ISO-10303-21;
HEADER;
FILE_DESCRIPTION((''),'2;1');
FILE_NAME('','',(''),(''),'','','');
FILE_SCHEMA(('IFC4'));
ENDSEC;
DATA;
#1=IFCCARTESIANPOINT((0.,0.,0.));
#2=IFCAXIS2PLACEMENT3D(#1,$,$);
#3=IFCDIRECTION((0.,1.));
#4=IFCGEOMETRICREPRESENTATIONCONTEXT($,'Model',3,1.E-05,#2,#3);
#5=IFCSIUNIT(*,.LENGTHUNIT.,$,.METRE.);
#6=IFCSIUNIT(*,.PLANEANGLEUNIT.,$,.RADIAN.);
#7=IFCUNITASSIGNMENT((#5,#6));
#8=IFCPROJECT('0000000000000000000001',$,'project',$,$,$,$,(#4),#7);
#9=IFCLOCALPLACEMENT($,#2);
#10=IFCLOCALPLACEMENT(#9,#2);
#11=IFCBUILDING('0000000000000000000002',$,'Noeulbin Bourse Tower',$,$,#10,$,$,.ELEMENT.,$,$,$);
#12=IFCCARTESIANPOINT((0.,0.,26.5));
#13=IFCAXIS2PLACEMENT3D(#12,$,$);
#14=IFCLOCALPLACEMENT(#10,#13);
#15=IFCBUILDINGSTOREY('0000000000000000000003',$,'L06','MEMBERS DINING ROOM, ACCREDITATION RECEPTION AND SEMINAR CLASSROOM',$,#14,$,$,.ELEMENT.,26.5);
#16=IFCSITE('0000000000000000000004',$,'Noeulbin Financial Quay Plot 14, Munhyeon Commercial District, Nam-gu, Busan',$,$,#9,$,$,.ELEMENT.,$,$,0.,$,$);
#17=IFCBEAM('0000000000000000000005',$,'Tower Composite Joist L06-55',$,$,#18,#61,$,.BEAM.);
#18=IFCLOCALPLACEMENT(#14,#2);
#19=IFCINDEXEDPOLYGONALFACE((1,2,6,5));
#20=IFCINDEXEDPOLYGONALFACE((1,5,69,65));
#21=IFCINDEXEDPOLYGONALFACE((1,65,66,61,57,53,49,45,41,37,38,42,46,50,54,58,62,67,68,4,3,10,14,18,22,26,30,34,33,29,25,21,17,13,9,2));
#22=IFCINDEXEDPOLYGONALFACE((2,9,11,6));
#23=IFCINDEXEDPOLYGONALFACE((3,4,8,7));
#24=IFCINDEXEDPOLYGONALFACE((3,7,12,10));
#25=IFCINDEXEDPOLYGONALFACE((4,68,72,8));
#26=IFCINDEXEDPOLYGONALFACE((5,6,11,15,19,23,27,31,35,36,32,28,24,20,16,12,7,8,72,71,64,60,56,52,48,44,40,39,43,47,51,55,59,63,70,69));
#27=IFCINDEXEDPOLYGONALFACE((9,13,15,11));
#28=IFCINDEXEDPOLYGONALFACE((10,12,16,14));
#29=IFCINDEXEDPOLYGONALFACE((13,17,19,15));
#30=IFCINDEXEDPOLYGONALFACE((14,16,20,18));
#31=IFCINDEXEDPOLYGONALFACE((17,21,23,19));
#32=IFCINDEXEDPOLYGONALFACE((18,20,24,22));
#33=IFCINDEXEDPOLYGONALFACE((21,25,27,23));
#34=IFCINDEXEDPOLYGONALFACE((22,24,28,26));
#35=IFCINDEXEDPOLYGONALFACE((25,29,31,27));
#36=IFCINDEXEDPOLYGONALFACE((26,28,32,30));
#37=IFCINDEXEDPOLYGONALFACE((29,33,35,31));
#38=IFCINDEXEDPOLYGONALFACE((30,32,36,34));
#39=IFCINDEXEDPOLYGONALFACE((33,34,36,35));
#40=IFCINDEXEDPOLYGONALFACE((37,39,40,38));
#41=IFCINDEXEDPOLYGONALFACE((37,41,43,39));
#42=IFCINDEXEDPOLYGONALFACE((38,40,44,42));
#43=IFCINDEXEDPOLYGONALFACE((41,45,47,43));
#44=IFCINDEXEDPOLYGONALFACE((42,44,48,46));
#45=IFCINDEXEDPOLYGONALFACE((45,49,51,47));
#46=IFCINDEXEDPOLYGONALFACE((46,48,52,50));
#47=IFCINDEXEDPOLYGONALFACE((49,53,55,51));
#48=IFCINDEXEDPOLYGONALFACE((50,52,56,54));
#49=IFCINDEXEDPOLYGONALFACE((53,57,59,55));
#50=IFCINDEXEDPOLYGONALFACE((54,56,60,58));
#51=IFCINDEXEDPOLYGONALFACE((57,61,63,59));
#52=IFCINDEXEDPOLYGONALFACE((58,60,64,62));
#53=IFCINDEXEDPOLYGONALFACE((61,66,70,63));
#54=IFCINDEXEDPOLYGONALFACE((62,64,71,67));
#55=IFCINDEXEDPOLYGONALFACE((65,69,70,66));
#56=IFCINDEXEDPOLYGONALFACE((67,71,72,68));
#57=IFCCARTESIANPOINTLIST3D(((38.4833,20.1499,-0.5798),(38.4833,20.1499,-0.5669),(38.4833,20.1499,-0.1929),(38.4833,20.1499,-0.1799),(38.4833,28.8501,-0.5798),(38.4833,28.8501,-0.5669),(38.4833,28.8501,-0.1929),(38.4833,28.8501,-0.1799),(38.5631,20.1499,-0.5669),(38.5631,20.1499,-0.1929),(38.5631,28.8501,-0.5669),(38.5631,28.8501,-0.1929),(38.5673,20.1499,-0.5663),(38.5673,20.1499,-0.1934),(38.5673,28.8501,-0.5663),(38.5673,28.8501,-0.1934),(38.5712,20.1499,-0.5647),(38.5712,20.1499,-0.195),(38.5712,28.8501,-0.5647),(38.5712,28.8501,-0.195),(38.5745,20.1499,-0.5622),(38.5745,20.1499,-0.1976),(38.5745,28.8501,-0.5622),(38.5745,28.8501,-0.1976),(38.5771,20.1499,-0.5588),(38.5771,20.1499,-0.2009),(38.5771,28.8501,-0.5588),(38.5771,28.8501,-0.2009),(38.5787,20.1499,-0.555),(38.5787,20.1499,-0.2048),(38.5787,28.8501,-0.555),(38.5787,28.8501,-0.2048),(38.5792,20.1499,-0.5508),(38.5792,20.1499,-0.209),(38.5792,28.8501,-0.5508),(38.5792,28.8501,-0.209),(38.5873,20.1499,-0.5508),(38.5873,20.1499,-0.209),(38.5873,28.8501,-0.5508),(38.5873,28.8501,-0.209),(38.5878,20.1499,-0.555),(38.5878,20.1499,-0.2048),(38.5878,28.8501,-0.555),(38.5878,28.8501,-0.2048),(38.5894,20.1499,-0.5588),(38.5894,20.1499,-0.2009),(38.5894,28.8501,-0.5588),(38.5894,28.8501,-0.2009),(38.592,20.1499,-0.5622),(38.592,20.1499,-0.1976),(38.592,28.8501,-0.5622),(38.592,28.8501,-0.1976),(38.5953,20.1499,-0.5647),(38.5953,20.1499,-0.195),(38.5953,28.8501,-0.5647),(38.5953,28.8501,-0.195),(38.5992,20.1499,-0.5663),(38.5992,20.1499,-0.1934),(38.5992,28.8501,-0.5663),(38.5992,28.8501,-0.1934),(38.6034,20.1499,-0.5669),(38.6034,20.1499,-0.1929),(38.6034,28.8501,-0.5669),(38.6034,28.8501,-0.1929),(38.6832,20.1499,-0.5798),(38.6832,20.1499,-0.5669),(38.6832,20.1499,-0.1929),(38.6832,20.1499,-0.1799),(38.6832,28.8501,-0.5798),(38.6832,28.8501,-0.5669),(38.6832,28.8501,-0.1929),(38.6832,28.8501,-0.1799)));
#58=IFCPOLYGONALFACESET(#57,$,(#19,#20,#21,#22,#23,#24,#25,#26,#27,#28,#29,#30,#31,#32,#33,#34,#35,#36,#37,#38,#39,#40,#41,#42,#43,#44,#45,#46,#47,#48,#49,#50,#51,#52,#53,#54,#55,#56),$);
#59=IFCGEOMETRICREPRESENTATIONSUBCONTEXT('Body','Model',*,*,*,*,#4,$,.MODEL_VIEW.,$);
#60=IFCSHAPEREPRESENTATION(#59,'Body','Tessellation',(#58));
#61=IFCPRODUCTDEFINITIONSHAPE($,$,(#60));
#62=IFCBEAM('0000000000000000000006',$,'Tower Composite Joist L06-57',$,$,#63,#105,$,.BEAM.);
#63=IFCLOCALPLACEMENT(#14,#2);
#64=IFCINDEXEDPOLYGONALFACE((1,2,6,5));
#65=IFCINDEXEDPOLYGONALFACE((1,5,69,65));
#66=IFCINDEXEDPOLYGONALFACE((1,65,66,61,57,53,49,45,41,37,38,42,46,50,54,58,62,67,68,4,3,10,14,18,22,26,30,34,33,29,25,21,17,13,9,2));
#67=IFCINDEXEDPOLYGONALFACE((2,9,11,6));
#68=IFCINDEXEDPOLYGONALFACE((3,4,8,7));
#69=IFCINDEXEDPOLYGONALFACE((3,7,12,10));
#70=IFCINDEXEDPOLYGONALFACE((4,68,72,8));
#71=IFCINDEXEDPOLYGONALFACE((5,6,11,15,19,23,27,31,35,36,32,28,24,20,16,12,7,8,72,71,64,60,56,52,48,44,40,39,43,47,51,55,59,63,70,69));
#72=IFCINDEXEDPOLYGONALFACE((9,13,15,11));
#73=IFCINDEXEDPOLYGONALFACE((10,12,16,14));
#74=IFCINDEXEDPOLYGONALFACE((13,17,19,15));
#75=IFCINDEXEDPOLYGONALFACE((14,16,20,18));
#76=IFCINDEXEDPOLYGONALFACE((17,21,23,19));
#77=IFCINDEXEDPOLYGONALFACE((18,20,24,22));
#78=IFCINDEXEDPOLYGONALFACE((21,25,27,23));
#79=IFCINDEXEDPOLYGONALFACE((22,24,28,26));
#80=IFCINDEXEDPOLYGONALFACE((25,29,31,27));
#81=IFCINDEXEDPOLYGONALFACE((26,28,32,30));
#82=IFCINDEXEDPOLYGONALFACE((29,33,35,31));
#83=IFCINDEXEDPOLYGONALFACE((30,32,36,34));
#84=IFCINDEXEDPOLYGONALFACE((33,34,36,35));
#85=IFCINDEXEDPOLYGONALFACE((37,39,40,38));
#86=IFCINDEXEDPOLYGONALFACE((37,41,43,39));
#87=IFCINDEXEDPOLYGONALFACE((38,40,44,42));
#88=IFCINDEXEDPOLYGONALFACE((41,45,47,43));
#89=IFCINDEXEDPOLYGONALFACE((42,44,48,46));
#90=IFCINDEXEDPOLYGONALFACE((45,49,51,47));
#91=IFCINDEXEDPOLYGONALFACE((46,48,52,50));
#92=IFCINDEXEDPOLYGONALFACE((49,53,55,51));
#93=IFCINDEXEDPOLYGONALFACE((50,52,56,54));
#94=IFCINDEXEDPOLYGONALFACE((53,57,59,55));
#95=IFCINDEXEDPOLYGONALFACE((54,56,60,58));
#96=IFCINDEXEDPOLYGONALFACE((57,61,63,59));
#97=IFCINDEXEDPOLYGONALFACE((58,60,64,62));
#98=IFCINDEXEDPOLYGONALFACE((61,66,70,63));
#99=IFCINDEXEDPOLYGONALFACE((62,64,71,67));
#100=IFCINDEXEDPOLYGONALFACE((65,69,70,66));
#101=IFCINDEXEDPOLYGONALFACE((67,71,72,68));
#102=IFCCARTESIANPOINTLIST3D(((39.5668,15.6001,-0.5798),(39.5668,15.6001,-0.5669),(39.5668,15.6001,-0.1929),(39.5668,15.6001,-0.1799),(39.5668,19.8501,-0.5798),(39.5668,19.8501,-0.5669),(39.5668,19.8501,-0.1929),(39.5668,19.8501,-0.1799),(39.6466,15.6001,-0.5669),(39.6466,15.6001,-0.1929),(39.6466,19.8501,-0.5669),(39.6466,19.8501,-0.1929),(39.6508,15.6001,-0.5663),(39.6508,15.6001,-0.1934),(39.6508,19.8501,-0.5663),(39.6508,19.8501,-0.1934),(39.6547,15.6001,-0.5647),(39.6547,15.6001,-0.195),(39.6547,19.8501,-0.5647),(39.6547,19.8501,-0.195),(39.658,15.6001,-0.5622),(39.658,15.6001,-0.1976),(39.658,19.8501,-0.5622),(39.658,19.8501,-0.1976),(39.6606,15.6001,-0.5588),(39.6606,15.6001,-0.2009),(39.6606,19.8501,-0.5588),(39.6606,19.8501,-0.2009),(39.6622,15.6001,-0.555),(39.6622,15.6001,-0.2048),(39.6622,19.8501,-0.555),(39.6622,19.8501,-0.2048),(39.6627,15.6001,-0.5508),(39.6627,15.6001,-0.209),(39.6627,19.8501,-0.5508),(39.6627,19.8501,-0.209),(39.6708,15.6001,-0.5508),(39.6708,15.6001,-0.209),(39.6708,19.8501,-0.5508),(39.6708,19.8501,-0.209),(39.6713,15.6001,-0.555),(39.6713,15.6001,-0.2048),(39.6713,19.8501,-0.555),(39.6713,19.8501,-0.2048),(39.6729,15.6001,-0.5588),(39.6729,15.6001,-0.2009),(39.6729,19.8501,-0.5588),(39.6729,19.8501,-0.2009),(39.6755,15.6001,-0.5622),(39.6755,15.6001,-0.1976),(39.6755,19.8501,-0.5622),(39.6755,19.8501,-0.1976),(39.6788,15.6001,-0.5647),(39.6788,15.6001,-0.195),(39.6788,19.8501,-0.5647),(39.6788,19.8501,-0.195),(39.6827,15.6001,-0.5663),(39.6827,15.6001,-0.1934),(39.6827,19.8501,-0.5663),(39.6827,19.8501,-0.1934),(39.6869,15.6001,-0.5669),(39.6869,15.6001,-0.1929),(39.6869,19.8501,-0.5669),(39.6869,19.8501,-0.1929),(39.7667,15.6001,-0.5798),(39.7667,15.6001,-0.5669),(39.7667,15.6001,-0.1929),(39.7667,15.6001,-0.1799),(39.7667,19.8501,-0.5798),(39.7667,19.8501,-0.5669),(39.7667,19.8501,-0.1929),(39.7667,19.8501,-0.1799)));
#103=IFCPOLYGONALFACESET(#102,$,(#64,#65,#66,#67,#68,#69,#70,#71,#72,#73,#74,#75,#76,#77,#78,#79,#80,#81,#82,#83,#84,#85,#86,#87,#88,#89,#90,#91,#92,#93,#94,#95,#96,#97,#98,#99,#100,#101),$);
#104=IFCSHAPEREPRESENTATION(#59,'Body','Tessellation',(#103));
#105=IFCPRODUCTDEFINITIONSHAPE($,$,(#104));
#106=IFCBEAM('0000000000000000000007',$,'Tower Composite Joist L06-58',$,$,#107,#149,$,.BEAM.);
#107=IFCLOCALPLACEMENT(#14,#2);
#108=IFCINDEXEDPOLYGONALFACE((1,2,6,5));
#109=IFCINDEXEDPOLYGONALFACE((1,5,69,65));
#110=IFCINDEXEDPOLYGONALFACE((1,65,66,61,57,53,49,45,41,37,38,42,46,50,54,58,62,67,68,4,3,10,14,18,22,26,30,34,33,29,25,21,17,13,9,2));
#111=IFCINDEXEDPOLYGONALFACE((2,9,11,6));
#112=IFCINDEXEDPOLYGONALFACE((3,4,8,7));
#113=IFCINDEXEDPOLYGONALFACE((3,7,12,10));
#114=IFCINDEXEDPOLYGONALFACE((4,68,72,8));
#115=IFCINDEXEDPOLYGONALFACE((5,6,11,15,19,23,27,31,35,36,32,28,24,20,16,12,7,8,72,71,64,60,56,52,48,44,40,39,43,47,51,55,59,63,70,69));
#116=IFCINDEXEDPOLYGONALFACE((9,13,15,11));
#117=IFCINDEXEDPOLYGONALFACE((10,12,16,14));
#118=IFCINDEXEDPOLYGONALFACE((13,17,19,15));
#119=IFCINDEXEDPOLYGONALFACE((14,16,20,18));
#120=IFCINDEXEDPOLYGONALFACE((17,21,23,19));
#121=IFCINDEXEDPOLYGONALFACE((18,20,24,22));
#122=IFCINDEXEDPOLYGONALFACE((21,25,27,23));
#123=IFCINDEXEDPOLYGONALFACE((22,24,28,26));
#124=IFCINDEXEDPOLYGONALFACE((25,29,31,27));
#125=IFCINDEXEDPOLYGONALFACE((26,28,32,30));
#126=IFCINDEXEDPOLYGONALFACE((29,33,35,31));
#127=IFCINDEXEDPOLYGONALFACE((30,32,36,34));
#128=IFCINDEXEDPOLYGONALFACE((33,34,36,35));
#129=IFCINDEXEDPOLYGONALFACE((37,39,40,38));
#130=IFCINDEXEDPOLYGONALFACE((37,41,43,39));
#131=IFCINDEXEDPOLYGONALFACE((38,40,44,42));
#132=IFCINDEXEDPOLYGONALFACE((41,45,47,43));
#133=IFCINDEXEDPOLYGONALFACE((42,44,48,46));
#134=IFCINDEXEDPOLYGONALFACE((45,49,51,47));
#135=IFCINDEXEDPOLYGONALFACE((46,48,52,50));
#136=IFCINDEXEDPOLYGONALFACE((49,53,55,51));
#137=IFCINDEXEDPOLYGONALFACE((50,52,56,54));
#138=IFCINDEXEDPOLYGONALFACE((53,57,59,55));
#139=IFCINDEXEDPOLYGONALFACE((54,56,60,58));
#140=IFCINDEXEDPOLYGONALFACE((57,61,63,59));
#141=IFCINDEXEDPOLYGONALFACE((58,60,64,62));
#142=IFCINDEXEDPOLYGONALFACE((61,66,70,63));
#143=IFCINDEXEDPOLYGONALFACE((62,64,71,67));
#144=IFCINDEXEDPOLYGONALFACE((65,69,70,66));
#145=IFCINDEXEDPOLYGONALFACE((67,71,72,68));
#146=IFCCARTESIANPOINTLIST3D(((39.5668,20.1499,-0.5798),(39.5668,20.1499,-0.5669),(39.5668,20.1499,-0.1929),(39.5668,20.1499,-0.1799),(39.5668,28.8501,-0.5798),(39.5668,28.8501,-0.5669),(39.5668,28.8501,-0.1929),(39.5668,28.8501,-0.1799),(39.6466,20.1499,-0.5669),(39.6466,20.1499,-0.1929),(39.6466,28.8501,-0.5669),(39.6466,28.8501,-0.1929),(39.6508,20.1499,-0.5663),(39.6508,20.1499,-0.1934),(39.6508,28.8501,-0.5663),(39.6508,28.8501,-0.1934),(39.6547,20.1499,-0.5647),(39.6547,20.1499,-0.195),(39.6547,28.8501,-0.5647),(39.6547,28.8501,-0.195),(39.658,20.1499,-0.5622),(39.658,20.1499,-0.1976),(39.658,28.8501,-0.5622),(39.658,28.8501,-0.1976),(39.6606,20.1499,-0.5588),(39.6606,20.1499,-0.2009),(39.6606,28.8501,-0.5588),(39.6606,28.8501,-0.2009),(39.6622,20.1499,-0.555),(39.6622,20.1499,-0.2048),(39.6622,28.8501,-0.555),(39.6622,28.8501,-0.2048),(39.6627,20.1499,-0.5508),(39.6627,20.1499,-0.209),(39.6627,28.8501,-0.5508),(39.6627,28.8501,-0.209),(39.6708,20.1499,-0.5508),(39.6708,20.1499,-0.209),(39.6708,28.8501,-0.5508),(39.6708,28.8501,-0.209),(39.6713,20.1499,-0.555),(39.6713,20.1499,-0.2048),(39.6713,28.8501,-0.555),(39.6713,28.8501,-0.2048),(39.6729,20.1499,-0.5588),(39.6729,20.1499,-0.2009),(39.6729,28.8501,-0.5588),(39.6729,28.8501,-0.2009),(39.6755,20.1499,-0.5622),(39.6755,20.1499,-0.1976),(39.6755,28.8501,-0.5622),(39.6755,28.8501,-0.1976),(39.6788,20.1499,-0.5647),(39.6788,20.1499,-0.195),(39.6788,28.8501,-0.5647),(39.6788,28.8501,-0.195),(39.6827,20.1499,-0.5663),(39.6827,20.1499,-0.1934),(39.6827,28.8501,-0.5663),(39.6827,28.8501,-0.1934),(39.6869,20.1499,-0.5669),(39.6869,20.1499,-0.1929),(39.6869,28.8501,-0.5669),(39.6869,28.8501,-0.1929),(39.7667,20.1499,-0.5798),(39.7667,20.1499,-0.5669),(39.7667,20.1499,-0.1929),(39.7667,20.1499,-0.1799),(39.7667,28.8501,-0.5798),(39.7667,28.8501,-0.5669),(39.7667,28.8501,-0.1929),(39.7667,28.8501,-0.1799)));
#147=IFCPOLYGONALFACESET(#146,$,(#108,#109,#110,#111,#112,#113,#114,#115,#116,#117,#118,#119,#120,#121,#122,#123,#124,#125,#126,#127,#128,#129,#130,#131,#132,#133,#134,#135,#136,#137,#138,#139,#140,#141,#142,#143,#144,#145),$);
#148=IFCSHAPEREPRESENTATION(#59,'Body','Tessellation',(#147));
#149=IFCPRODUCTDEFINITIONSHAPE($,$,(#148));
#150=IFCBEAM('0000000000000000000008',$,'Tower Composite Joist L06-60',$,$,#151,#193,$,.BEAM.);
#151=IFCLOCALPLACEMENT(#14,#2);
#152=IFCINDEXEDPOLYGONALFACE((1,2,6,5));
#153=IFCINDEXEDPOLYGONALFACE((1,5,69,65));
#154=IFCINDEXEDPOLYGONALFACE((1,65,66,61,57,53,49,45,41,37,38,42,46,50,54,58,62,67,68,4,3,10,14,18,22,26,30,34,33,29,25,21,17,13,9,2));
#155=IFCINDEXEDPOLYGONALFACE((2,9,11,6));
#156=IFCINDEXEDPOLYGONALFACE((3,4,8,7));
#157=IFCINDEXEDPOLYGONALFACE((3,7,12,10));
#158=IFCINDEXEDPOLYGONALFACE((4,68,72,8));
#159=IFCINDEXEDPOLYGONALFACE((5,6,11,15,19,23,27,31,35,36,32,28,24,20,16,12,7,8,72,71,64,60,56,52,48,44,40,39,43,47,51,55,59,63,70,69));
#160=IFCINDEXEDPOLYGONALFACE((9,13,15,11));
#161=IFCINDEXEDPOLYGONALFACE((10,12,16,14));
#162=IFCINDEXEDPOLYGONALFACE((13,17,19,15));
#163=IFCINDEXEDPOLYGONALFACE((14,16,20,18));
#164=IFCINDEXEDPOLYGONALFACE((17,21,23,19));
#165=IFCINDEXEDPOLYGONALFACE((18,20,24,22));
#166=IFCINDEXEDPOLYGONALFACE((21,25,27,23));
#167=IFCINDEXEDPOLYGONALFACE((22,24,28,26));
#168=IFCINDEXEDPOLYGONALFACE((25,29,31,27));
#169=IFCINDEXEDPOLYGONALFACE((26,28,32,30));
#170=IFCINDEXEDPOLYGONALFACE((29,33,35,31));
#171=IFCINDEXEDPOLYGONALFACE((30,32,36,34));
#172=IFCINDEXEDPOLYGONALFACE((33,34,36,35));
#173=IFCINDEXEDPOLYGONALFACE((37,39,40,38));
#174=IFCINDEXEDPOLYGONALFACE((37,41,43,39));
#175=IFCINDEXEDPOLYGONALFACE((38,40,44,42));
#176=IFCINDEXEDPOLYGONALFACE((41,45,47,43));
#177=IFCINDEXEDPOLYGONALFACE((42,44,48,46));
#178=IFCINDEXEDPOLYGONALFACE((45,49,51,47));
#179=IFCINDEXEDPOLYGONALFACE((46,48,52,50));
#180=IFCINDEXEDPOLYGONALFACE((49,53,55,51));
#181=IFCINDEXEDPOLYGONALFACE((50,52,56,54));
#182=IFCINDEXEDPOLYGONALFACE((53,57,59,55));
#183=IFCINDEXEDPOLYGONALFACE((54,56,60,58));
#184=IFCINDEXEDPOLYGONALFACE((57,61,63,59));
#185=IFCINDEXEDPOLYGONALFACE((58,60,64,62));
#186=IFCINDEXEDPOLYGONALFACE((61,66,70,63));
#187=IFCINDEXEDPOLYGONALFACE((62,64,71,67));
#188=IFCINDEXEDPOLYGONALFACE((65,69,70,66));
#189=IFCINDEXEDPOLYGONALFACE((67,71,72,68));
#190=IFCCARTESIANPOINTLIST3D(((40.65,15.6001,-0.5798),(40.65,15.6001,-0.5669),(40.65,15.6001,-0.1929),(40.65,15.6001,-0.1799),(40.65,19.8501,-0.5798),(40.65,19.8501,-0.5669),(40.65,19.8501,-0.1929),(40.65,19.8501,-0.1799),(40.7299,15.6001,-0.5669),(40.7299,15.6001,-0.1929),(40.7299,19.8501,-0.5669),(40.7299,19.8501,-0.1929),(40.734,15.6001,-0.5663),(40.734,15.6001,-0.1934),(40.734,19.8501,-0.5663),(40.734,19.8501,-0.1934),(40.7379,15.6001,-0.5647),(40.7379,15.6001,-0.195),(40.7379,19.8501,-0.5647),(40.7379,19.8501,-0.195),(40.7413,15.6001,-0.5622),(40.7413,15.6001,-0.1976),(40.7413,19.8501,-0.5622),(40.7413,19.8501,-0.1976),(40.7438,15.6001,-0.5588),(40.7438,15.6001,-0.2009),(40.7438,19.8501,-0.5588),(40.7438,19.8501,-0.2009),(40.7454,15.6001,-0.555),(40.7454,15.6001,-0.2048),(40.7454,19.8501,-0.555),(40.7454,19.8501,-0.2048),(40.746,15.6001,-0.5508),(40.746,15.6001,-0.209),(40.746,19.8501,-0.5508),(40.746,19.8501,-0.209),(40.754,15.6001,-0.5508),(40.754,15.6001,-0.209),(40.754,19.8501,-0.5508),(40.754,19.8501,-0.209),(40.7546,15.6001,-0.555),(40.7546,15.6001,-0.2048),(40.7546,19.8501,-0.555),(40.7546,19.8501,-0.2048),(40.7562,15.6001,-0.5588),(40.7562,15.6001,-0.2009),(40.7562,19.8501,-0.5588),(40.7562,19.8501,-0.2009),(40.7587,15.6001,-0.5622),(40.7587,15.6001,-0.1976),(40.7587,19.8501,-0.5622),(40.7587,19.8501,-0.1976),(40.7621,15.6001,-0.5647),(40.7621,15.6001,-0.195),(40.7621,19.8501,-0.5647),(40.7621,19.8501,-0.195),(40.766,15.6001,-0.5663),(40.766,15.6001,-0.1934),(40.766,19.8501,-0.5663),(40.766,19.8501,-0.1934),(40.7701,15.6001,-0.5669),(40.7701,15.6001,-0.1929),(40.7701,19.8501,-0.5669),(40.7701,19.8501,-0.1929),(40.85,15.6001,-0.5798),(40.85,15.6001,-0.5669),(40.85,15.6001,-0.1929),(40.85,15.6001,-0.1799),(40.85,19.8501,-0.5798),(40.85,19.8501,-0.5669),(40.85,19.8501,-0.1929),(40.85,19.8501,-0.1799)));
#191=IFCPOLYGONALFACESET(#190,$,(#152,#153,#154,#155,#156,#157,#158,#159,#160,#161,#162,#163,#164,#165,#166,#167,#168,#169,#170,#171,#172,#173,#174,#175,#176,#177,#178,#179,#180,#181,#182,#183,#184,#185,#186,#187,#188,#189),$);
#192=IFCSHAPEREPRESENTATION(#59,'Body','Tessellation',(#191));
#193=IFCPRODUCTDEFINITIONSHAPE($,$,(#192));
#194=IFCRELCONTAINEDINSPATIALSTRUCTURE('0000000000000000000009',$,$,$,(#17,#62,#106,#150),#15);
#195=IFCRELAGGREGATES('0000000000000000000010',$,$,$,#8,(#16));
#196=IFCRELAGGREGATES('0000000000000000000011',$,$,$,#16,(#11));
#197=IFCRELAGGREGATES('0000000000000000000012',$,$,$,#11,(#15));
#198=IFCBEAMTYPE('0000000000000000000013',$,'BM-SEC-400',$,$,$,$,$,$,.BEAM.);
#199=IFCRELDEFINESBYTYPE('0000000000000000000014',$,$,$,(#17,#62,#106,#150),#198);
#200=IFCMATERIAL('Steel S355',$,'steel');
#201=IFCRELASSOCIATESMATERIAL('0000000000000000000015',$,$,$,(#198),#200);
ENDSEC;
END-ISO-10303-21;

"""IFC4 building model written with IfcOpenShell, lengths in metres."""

from ifc_helpers import new_model, si_unit, direction, frame, origin, origin_2d, place, context, subcontext, project, spatial, i_section, extrude, material, material_profile, profile_set, type_object, element, save


model = new_model("IFC4")

# Units and contexts
model_context = context("Model", 3, precision=1e-05, world=origin(), true_north=direction((0.0, 1.0)))
body_context = subcontext(model_context, "Body", "Model", "MODEL_VIEW")
ifc_project = project(units=[si_unit("LENGTHUNIT", "METRE"), si_unit("PLANEANGLEUNIT", "RADIAN")], contexts=[model_context])

# Site, building, storey
site_placement = place(None, origin())
site = spatial("IfcSite", under=ifc_project, at=site_placement, Name="Noeulbin Financial Quay Plot 14, Munhyeon Commercial District, Nam-gu, Busan", CompositionType="ELEMENT", RefElevation=0.0)
building_placement = place(site_placement, origin())
building = spatial("IfcBuilding", under=site, at=building_placement, Name="Noeulbin Bourse Tower", CompositionType="ELEMENT")
storey_placement = place(building_placement, frame((0.0, 0.0, 26.5)))
storey = spatial("IfcBuildingStorey", under=building, at=storey_placement, Name="L06", Description="MEMBERS DINING ROOM, ACCREDITATION RECEPTION AND SEMINAR CLASSROOM", CompositionType="ELEMENT", Elevation=26.5)

# Beams
ifc_material_1 = material(Name="Steel S355", Category="steel")
ifc_material_profile_1 = material_profile(ifc_material_1, i_section(OverallWidth=0.2, OverallDepth=0.3999, WebThickness=0.0081, FlangeThickness=0.0129, FilletRadius=0.0161, at=origin_2d()), Name="H-400x200x8x13", Category="LoadBearing")
ifc_profile_set_1 = profile_set([ifc_material_profile_1], Name="Steel S355")
beam_type_1 = type_object("IfcBeamType", Name="BM-SEC-400", PredefinedType="BEAM", material=ifc_profile_set_1)
for number, where, z_axis, x_axis, name in (
    (1, (38.5833, 20.1499, -0.3799), (0.0, 1.0, 0.0), (-1.0, 0.0, 0.0), "Tower Composite Joist L06-55"),
):
    element("IfcBeam", number, at=place(storey_placement, frame(where, z_axis=z_axis, x_axis=x_axis)), inside=storey, type_object=beam_type_1, Name=name, PredefinedType="BEAM", context=body_context, shape_type="SweptSolid", body=[
        extrude(i_section(OverallWidth=0.2, OverallDepth=0.3999, WebThickness=0.0081, FlangeThickness=0.0129, FilletRadius=0.0161, at=origin_2d()), origin(), (0.0, 0.0, 1.0), 8.7002),
    ])
beam_1_placement = place(storey_placement, frame((39.6667, 15.6001, -0.3799), z_axis=(0.0, 1.0, 0.0), x_axis=(-1.0, 0.0, 0.0)))
element("IfcBeam", 2, at=beam_1_placement, inside=storey, type_object=beam_type_1, Name="Tower Composite Joist L06-57", PredefinedType="BEAM", context=body_context, shape_type="SweptSolid", body=[
    extrude(i_section(OverallWidth=0.2, OverallDepth=0.3999, WebThickness=0.0081, FlangeThickness=0.0129, FilletRadius=0.0161, at=origin_2d()), origin(), (0.0, 0.0, 1.0), 4.25),
])
beam_2_placement = place(storey_placement, frame((39.6667, 20.1499, -0.3799), z_axis=(0.0, 1.0, 0.0), x_axis=(-1.0, 0.0, 0.0)))
element("IfcBeam", 3, at=beam_2_placement, inside=storey, type_object=beam_type_1, Name="Tower Composite Joist L06-58", PredefinedType="BEAM", context=body_context, shape_type="SweptSolid", body=[
    extrude(i_section(OverallWidth=0.2, OverallDepth=0.3999, WebThickness=0.0081, FlangeThickness=0.0129, FilletRadius=0.0161, at=origin_2d()), origin(), (0.0, 0.0, 1.0), 8.7002),
])
beam_3_placement = place(storey_placement, frame((40.75, 15.6001, -0.3799), z_axis=(0.0, 1.0, 0.0), x_axis=(-1.0, 0.0, 0.0)))
element("IfcBeam", 4, at=beam_3_placement, inside=storey, type_object=beam_type_1, Name="Tower Composite Joist L06-60", PredefinedType="BEAM", context=body_context, shape_type="SweptSolid", body=[
    extrude(i_section(OverallWidth=0.2, OverallDepth=0.3999, WebThickness=0.0081, FlangeThickness=0.0129, FilletRadius=0.0161, at=origin_2d()), origin(), (0.0, 0.0, 1.0), 4.25),
])

save(model, "model.ifc")
